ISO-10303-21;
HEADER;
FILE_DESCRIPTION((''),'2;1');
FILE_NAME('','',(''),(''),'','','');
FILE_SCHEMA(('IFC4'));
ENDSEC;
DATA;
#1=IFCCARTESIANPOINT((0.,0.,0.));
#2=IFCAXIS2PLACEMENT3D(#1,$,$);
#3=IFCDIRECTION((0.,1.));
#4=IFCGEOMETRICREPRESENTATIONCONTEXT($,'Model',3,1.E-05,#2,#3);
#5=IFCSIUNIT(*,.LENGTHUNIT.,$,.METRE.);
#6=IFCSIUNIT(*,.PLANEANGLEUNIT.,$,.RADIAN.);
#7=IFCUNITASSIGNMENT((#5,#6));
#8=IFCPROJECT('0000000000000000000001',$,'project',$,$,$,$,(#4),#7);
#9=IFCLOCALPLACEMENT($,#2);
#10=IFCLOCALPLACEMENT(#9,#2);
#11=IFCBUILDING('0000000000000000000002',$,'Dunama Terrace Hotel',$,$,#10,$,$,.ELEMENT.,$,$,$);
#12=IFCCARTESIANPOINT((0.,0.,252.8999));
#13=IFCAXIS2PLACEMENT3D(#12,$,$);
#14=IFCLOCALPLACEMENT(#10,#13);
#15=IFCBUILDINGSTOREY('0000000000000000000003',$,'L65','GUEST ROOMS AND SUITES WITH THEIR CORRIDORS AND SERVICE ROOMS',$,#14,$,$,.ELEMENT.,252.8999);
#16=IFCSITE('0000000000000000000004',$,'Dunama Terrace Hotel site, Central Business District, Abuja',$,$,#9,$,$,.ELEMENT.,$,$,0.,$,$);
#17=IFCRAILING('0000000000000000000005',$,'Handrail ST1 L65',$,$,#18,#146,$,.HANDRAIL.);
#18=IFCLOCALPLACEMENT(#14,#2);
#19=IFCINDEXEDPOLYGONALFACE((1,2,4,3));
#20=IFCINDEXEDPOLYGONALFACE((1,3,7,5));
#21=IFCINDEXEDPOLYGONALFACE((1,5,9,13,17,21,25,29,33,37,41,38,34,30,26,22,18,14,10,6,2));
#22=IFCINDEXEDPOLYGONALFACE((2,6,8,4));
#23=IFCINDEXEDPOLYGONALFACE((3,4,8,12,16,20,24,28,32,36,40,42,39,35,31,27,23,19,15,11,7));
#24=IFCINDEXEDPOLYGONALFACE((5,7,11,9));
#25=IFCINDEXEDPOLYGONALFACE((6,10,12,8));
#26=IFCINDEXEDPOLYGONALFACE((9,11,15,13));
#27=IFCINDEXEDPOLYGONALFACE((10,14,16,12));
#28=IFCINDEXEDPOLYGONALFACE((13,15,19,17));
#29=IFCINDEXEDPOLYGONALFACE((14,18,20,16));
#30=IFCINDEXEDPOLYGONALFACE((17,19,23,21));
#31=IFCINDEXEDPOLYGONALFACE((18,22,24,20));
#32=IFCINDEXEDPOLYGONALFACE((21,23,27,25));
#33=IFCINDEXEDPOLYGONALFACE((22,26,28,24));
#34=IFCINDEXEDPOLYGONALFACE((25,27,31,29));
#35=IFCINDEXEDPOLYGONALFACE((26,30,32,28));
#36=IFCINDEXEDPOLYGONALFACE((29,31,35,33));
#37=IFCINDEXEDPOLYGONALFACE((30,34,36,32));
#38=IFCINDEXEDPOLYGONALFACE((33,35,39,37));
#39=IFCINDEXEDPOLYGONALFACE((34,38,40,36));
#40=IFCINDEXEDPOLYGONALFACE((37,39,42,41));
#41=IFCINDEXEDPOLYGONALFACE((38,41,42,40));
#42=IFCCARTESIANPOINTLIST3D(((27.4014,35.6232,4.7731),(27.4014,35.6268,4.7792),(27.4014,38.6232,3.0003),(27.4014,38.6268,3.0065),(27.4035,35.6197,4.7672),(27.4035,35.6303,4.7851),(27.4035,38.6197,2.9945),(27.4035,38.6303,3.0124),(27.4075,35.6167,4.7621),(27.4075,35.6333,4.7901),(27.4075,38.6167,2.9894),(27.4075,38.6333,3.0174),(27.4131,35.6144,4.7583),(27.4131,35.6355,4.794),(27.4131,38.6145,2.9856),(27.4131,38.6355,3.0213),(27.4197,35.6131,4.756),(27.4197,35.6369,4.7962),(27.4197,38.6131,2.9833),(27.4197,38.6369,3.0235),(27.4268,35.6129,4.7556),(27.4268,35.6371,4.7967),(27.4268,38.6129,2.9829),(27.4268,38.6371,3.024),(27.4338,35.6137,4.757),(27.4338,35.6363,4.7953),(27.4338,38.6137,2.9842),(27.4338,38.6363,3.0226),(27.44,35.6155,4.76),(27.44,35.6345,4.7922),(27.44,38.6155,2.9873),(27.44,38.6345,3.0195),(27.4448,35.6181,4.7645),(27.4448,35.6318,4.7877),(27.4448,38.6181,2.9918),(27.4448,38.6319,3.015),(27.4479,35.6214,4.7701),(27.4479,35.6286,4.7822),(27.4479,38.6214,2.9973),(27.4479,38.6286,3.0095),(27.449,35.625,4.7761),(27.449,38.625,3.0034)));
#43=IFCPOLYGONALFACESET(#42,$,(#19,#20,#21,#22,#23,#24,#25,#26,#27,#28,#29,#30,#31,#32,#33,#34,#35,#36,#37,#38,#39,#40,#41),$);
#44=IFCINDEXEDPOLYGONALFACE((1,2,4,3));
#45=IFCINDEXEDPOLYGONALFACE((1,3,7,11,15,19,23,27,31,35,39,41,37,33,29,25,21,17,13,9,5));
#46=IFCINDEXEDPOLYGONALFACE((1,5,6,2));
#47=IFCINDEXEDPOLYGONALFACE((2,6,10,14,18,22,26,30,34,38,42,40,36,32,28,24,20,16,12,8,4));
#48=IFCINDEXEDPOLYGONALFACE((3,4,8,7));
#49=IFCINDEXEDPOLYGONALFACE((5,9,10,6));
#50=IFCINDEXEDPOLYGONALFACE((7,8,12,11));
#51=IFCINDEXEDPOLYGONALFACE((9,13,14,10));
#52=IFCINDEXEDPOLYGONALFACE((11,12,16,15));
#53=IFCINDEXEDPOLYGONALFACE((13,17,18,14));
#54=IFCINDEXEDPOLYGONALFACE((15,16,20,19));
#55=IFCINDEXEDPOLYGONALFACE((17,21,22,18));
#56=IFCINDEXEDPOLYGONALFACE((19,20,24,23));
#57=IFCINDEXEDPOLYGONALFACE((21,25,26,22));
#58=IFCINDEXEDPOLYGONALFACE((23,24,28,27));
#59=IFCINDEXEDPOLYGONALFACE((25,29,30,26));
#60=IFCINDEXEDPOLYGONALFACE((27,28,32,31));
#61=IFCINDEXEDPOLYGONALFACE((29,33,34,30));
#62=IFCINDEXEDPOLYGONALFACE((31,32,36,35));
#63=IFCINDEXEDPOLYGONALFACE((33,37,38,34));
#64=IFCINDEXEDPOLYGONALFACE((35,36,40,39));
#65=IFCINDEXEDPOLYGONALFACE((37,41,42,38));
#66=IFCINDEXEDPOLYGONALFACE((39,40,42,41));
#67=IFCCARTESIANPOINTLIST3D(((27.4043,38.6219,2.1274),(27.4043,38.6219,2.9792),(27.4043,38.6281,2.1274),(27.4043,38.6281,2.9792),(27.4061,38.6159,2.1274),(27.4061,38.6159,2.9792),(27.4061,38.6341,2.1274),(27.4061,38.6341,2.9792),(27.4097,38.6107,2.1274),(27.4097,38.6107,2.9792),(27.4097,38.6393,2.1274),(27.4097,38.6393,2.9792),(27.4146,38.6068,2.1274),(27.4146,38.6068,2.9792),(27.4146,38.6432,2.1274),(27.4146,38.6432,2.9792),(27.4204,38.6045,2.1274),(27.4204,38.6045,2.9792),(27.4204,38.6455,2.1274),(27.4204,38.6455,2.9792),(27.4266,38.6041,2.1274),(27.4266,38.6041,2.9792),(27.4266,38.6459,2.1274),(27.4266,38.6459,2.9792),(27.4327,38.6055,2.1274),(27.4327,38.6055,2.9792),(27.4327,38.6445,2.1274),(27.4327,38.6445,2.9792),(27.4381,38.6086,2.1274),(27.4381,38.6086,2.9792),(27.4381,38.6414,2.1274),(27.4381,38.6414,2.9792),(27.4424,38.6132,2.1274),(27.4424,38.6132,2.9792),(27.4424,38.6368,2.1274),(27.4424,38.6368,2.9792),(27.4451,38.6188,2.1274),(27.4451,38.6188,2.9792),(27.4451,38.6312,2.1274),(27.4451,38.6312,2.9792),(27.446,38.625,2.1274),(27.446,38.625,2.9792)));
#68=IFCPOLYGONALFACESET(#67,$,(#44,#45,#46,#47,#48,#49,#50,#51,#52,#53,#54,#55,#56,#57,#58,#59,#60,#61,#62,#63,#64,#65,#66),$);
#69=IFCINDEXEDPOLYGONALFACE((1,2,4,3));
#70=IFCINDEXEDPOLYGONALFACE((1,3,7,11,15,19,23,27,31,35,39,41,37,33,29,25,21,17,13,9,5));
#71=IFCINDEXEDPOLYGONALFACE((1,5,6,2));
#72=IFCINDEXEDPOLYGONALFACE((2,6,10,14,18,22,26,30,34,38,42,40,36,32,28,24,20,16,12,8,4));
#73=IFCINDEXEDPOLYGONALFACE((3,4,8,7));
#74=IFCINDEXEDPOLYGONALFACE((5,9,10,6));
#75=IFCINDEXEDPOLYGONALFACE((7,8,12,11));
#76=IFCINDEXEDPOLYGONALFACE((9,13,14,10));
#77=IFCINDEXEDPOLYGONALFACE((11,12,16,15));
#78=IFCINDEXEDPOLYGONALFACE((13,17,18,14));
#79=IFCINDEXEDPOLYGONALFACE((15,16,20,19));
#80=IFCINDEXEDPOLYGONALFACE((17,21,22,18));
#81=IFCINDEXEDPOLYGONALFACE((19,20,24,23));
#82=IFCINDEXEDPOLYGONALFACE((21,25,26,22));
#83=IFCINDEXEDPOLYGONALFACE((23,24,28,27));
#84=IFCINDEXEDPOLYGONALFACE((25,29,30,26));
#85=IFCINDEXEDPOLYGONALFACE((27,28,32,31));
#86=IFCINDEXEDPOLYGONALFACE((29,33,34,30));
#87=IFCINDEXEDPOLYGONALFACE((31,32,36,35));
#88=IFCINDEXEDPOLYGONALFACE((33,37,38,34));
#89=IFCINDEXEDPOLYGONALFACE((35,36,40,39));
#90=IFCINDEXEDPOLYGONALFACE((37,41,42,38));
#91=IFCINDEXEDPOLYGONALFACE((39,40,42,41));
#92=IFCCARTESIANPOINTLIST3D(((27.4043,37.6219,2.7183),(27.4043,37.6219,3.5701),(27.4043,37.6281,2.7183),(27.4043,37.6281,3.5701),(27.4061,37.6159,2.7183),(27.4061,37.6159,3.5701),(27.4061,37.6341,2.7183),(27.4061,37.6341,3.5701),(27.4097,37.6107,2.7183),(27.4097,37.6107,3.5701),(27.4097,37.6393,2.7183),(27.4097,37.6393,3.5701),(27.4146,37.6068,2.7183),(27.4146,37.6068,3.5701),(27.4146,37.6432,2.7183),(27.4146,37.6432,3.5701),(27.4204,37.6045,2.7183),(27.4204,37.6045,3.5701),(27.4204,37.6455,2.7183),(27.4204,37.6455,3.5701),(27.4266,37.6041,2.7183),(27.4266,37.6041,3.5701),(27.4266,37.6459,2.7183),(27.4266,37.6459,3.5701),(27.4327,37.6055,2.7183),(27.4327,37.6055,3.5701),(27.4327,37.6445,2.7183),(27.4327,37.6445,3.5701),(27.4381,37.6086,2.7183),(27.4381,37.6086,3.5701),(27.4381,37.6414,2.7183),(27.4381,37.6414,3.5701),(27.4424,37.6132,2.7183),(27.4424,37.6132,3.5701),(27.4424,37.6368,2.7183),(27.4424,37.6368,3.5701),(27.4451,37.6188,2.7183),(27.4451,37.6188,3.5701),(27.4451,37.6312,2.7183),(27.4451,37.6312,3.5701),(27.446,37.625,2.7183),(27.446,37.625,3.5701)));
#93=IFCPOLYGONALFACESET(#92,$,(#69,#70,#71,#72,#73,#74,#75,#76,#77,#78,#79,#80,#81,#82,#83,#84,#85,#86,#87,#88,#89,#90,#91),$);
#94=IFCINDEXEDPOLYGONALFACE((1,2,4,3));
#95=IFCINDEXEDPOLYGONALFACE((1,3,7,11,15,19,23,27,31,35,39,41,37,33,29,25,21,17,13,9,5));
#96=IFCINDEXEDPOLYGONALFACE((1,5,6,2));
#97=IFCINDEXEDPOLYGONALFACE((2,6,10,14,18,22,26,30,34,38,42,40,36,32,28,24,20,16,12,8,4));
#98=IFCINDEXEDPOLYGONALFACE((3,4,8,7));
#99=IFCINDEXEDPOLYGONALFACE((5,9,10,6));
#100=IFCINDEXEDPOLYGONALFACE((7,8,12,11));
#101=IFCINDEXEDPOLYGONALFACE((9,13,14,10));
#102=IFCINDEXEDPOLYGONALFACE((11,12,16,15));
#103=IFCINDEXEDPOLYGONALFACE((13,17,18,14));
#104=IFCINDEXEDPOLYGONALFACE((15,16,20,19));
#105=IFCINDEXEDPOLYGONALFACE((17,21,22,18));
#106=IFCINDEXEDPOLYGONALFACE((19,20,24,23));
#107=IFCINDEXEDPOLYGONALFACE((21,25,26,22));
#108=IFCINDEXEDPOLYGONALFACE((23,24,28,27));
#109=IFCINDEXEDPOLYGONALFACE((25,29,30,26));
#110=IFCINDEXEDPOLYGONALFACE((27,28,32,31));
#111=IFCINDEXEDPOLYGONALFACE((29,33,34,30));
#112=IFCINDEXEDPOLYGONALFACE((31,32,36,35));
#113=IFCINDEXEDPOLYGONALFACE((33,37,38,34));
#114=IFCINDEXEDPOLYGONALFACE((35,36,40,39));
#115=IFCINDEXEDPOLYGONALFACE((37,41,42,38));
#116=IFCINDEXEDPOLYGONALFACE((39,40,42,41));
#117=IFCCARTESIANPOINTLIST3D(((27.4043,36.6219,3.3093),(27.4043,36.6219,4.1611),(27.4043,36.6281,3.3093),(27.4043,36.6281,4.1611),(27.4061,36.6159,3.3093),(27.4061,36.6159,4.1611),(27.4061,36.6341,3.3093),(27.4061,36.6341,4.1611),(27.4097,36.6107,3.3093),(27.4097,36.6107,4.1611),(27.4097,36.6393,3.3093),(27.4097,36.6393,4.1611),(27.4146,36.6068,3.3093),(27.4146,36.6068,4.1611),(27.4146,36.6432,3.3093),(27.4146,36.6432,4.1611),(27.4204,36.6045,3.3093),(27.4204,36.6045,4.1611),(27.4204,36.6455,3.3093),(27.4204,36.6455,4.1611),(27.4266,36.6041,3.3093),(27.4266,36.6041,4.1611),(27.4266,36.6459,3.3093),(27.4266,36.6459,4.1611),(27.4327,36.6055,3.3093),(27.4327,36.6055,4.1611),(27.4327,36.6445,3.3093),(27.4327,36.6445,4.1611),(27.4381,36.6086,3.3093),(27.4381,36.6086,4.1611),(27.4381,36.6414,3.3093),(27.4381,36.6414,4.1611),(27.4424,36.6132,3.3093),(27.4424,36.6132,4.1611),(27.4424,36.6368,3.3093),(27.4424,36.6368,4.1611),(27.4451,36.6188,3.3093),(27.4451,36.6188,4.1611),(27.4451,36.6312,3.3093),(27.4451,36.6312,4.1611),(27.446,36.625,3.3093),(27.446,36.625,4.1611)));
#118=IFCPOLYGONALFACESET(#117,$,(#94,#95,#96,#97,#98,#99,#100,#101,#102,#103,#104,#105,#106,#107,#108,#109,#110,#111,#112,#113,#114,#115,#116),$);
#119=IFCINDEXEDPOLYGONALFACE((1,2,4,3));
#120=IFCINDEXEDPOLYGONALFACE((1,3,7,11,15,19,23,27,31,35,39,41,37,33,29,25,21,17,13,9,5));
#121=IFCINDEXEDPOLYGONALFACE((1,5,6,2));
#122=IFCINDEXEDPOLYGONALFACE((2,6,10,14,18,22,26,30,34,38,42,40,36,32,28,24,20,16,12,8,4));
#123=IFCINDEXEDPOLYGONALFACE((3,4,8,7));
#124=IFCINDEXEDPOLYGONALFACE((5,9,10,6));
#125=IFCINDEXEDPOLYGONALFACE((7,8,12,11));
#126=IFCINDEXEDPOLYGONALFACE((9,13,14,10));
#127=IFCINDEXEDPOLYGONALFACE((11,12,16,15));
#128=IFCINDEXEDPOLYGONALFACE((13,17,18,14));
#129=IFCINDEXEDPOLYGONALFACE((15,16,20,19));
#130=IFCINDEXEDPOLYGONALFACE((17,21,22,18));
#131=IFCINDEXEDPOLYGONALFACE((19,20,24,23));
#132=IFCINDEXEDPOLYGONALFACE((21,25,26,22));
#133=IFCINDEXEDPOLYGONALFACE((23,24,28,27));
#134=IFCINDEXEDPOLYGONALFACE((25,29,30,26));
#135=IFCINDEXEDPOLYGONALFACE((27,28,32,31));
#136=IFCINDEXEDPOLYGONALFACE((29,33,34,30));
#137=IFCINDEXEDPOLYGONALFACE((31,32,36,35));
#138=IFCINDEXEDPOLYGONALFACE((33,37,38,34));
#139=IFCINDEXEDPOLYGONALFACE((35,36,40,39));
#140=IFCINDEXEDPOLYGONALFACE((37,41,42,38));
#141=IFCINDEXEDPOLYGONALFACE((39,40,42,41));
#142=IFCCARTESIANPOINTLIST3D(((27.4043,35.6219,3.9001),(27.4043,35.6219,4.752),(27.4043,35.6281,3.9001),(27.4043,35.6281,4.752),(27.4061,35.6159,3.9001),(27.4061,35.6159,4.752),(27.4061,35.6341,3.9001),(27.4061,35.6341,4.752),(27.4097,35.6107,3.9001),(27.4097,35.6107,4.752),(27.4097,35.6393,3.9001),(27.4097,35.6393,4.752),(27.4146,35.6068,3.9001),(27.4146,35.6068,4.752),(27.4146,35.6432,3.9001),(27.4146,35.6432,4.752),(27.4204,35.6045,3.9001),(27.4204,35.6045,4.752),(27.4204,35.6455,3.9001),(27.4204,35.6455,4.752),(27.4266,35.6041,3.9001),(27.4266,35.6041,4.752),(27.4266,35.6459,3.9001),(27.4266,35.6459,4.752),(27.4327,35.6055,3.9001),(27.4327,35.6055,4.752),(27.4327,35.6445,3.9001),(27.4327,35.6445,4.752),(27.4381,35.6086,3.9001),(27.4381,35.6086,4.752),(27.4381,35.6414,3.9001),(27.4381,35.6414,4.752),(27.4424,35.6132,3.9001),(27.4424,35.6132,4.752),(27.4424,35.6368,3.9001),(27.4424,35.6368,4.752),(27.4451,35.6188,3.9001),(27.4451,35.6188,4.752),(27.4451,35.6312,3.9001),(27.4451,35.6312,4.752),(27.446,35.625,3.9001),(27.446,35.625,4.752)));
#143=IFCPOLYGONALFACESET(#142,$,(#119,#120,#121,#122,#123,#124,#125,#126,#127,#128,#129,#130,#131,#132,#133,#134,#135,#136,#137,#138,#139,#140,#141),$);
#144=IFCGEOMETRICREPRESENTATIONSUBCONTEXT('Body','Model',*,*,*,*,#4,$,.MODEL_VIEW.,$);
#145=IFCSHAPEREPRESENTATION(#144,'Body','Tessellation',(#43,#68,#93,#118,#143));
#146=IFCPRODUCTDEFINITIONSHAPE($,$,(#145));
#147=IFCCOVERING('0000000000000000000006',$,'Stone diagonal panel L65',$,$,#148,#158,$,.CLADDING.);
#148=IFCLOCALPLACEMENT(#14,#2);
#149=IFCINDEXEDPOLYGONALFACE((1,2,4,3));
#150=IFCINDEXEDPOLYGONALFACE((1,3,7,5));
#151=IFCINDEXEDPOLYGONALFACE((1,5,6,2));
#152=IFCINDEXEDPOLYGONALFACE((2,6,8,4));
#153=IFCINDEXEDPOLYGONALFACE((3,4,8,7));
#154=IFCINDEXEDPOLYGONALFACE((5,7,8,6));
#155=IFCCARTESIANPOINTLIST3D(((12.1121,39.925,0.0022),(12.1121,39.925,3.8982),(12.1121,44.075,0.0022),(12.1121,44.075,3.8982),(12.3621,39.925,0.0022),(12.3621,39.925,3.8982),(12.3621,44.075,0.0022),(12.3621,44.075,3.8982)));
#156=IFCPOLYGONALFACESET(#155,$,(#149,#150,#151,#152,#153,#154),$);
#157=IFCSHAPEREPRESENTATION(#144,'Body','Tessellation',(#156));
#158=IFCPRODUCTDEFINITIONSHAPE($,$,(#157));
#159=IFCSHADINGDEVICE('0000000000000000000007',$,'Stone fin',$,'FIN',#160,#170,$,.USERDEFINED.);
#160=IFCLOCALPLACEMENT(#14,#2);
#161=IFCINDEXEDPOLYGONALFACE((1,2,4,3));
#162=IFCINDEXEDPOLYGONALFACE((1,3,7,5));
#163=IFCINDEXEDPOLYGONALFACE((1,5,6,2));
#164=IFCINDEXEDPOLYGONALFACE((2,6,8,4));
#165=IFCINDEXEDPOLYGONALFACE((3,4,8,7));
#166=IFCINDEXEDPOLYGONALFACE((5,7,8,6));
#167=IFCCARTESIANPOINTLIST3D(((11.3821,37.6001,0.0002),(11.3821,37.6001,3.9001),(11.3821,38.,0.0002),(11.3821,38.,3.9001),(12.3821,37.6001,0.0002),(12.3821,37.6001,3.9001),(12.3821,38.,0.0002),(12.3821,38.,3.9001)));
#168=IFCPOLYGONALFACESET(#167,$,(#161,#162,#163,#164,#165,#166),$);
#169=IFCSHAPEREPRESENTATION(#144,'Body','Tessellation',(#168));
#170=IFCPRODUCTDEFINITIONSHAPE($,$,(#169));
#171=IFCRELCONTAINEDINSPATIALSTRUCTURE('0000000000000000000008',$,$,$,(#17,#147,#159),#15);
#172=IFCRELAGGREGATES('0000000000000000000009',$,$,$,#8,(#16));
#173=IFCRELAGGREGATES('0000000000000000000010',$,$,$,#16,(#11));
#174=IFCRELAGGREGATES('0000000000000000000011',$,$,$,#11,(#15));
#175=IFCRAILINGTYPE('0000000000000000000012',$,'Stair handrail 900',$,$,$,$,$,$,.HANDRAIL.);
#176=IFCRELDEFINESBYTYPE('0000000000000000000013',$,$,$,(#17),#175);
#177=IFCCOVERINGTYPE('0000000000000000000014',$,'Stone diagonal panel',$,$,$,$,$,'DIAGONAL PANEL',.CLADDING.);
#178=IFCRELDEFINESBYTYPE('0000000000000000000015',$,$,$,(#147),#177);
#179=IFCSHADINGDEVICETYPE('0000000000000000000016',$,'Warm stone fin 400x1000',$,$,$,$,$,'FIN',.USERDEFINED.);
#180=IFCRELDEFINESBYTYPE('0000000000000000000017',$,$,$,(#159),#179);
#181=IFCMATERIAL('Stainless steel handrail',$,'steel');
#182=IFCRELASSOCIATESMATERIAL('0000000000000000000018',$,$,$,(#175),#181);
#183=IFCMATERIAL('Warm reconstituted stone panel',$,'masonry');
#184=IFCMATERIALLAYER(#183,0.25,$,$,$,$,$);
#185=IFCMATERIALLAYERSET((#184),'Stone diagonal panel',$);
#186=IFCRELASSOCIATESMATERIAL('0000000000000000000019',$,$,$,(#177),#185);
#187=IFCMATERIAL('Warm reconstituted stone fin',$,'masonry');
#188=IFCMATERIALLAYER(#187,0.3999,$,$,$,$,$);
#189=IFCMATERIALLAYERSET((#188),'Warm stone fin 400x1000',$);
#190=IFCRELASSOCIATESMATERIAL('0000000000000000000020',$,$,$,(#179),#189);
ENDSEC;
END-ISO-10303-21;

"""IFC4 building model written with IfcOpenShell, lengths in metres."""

from ifc_helpers import new_model, si_unit, direction, frame, origin, origin_2d, place, context, subcontext, project, spatial, rectangle, circle, extrude, material, layer, layer_set, type_object, element, save


model = new_model("IFC4")

# Units and contexts
model_context = context("Model", 3, precision=1e-05, world=origin(), true_north=direction((0.0, 1.0)))
body_context = subcontext(model_context, "Body", "Model", "MODEL_VIEW")
ifc_project = project(units=[si_unit("LENGTHUNIT", "METRE"), si_unit("PLANEANGLEUNIT", "RADIAN")], contexts=[model_context])

# Site, building, storey
site_placement = place(None, origin())
site = spatial("IfcSite", under=ifc_project, at=site_placement, Name="Dunama Terrace Hotel site, Central Business District, Abuja", CompositionType="ELEMENT", RefElevation=0.0)
building_placement = place(site_placement, origin())
building = spatial("IfcBuilding", under=site, at=building_placement, Name="Dunama Terrace Hotel", CompositionType="ELEMENT")
storey_placement = place(building_placement, frame((0.0, 0.0, 252.8999)))
storey = spatial("IfcBuildingStorey", under=building, at=storey_placement, Name="L65", Description="GUEST ROOMS AND SUITES WITH THEIR CORRIDORS AND SERVICE ROOMS", CompositionType="ELEMENT", Elevation=252.8999)

# Railing
ifc_material_1 = material(Name="Stainless steel handrail", Category="steel")
railing_type = type_object("IfcRailingType", Name="Stair handrail 900", PredefinedType="HANDRAIL", material=ifc_material_1)
railing_placement = place(storey_placement, frame((27.425, 38.625, 2.1274)))
element("IfcRailing", 1, at=railing_placement, inside=storey, type_object=railing_type, Name="Handrail ST1 L65", PredefinedType="HANDRAIL", context=body_context, shape_type="SweptSolid", body=[
    extrude(circle(Radius=0.0239, at=origin_2d()), frame((0.0, 0.0, 0.876), z_axis=(0.0, -0.860929, 0.508725), x_axis=(1.0, 0.0, 0.0)), (0.0, 0.0, 1.0), 3.4846),
    extrude(circle(Radius=0.021, at=origin_2d()), origin(), (0.0, 0.0, 1.0), 0.8518),
    extrude(circle(Radius=0.021, at=origin_2d()), frame((0.0, -1.0, 0.5908)), (0.0, 0.0, 1.0), 0.8518),
    extrude(circle(Radius=0.021, at=origin_2d()), frame((0.0, -2.0, 1.1819)), (0.0, 0.0, 1.0), 0.8518),
    extrude(circle(Radius=0.021, at=origin_2d()), frame((0.0, -3.0, 1.7727)), (0.0, 0.0, 1.0), 0.8518),
])

# Covering
ifc_material_2 = material(Name="Warm reconstituted stone panel", Category="masonry")
ifc_layer_1 = layer(ifc_material_2, 0.25)
ifc_layer_set_1 = layer_set([ifc_layer_1], Name="Stone diagonal panel")
covering_type = type_object("IfcCoveringType", Name="Stone diagonal panel", ElementType="DIAGONAL PANEL", PredefinedType="CLADDING", material=ifc_layer_set_1)
covering_placement = place(storey_placement, frame((12.2371, 42.0, 0.0022), z_axis=(0.0, 0.0, 1.0), x_axis=(0.0, -1.0, 0.0)))
element("IfcCovering", 2, at=covering_placement, inside=storey, type_object=covering_type, Name="Stone diagonal panel L65", PredefinedType="CLADDING", context=body_context, shape_type="SweptSolid", body=[
    extrude(rectangle(XDim=4.1499, YDim=0.25, at=origin_2d()), origin(), (0.0, 0.0, 1.0), 3.896),
])

# Shading device
ifc_material_3 = material(Name="Warm reconstituted stone fin", Category="masonry")
ifc_layer_2 = layer(ifc_material_3, 0.3999)
ifc_layer_set_2 = layer_set([ifc_layer_2], Name="Warm stone fin 400x1000")
shading_device_type = type_object("IfcShadingDeviceType", Name="Warm stone fin 400x1000", ElementType="FIN", PredefinedType="USERDEFINED", material=ifc_layer_set_2)
shading_device_placement = place(storey_placement, frame((11.8821, 37.8, 0.0002), z_axis=(0.0, 0.0, 1.0), x_axis=(0.0, -1.0, 0.0)))
element("IfcShadingDevice", 3, at=shading_device_placement, inside=storey, type_object=shading_device_type, Name="Stone fin", ObjectType="FIN", PredefinedType="USERDEFINED", context=body_context, shape_type="SweptSolid", body=[
    extrude(rectangle(XDim=0.3999, YDim=1.0, at=origin_2d()), origin(), (0.0, 0.0, 1.0), 3.8999),
])

save(model, "model.ifc")
